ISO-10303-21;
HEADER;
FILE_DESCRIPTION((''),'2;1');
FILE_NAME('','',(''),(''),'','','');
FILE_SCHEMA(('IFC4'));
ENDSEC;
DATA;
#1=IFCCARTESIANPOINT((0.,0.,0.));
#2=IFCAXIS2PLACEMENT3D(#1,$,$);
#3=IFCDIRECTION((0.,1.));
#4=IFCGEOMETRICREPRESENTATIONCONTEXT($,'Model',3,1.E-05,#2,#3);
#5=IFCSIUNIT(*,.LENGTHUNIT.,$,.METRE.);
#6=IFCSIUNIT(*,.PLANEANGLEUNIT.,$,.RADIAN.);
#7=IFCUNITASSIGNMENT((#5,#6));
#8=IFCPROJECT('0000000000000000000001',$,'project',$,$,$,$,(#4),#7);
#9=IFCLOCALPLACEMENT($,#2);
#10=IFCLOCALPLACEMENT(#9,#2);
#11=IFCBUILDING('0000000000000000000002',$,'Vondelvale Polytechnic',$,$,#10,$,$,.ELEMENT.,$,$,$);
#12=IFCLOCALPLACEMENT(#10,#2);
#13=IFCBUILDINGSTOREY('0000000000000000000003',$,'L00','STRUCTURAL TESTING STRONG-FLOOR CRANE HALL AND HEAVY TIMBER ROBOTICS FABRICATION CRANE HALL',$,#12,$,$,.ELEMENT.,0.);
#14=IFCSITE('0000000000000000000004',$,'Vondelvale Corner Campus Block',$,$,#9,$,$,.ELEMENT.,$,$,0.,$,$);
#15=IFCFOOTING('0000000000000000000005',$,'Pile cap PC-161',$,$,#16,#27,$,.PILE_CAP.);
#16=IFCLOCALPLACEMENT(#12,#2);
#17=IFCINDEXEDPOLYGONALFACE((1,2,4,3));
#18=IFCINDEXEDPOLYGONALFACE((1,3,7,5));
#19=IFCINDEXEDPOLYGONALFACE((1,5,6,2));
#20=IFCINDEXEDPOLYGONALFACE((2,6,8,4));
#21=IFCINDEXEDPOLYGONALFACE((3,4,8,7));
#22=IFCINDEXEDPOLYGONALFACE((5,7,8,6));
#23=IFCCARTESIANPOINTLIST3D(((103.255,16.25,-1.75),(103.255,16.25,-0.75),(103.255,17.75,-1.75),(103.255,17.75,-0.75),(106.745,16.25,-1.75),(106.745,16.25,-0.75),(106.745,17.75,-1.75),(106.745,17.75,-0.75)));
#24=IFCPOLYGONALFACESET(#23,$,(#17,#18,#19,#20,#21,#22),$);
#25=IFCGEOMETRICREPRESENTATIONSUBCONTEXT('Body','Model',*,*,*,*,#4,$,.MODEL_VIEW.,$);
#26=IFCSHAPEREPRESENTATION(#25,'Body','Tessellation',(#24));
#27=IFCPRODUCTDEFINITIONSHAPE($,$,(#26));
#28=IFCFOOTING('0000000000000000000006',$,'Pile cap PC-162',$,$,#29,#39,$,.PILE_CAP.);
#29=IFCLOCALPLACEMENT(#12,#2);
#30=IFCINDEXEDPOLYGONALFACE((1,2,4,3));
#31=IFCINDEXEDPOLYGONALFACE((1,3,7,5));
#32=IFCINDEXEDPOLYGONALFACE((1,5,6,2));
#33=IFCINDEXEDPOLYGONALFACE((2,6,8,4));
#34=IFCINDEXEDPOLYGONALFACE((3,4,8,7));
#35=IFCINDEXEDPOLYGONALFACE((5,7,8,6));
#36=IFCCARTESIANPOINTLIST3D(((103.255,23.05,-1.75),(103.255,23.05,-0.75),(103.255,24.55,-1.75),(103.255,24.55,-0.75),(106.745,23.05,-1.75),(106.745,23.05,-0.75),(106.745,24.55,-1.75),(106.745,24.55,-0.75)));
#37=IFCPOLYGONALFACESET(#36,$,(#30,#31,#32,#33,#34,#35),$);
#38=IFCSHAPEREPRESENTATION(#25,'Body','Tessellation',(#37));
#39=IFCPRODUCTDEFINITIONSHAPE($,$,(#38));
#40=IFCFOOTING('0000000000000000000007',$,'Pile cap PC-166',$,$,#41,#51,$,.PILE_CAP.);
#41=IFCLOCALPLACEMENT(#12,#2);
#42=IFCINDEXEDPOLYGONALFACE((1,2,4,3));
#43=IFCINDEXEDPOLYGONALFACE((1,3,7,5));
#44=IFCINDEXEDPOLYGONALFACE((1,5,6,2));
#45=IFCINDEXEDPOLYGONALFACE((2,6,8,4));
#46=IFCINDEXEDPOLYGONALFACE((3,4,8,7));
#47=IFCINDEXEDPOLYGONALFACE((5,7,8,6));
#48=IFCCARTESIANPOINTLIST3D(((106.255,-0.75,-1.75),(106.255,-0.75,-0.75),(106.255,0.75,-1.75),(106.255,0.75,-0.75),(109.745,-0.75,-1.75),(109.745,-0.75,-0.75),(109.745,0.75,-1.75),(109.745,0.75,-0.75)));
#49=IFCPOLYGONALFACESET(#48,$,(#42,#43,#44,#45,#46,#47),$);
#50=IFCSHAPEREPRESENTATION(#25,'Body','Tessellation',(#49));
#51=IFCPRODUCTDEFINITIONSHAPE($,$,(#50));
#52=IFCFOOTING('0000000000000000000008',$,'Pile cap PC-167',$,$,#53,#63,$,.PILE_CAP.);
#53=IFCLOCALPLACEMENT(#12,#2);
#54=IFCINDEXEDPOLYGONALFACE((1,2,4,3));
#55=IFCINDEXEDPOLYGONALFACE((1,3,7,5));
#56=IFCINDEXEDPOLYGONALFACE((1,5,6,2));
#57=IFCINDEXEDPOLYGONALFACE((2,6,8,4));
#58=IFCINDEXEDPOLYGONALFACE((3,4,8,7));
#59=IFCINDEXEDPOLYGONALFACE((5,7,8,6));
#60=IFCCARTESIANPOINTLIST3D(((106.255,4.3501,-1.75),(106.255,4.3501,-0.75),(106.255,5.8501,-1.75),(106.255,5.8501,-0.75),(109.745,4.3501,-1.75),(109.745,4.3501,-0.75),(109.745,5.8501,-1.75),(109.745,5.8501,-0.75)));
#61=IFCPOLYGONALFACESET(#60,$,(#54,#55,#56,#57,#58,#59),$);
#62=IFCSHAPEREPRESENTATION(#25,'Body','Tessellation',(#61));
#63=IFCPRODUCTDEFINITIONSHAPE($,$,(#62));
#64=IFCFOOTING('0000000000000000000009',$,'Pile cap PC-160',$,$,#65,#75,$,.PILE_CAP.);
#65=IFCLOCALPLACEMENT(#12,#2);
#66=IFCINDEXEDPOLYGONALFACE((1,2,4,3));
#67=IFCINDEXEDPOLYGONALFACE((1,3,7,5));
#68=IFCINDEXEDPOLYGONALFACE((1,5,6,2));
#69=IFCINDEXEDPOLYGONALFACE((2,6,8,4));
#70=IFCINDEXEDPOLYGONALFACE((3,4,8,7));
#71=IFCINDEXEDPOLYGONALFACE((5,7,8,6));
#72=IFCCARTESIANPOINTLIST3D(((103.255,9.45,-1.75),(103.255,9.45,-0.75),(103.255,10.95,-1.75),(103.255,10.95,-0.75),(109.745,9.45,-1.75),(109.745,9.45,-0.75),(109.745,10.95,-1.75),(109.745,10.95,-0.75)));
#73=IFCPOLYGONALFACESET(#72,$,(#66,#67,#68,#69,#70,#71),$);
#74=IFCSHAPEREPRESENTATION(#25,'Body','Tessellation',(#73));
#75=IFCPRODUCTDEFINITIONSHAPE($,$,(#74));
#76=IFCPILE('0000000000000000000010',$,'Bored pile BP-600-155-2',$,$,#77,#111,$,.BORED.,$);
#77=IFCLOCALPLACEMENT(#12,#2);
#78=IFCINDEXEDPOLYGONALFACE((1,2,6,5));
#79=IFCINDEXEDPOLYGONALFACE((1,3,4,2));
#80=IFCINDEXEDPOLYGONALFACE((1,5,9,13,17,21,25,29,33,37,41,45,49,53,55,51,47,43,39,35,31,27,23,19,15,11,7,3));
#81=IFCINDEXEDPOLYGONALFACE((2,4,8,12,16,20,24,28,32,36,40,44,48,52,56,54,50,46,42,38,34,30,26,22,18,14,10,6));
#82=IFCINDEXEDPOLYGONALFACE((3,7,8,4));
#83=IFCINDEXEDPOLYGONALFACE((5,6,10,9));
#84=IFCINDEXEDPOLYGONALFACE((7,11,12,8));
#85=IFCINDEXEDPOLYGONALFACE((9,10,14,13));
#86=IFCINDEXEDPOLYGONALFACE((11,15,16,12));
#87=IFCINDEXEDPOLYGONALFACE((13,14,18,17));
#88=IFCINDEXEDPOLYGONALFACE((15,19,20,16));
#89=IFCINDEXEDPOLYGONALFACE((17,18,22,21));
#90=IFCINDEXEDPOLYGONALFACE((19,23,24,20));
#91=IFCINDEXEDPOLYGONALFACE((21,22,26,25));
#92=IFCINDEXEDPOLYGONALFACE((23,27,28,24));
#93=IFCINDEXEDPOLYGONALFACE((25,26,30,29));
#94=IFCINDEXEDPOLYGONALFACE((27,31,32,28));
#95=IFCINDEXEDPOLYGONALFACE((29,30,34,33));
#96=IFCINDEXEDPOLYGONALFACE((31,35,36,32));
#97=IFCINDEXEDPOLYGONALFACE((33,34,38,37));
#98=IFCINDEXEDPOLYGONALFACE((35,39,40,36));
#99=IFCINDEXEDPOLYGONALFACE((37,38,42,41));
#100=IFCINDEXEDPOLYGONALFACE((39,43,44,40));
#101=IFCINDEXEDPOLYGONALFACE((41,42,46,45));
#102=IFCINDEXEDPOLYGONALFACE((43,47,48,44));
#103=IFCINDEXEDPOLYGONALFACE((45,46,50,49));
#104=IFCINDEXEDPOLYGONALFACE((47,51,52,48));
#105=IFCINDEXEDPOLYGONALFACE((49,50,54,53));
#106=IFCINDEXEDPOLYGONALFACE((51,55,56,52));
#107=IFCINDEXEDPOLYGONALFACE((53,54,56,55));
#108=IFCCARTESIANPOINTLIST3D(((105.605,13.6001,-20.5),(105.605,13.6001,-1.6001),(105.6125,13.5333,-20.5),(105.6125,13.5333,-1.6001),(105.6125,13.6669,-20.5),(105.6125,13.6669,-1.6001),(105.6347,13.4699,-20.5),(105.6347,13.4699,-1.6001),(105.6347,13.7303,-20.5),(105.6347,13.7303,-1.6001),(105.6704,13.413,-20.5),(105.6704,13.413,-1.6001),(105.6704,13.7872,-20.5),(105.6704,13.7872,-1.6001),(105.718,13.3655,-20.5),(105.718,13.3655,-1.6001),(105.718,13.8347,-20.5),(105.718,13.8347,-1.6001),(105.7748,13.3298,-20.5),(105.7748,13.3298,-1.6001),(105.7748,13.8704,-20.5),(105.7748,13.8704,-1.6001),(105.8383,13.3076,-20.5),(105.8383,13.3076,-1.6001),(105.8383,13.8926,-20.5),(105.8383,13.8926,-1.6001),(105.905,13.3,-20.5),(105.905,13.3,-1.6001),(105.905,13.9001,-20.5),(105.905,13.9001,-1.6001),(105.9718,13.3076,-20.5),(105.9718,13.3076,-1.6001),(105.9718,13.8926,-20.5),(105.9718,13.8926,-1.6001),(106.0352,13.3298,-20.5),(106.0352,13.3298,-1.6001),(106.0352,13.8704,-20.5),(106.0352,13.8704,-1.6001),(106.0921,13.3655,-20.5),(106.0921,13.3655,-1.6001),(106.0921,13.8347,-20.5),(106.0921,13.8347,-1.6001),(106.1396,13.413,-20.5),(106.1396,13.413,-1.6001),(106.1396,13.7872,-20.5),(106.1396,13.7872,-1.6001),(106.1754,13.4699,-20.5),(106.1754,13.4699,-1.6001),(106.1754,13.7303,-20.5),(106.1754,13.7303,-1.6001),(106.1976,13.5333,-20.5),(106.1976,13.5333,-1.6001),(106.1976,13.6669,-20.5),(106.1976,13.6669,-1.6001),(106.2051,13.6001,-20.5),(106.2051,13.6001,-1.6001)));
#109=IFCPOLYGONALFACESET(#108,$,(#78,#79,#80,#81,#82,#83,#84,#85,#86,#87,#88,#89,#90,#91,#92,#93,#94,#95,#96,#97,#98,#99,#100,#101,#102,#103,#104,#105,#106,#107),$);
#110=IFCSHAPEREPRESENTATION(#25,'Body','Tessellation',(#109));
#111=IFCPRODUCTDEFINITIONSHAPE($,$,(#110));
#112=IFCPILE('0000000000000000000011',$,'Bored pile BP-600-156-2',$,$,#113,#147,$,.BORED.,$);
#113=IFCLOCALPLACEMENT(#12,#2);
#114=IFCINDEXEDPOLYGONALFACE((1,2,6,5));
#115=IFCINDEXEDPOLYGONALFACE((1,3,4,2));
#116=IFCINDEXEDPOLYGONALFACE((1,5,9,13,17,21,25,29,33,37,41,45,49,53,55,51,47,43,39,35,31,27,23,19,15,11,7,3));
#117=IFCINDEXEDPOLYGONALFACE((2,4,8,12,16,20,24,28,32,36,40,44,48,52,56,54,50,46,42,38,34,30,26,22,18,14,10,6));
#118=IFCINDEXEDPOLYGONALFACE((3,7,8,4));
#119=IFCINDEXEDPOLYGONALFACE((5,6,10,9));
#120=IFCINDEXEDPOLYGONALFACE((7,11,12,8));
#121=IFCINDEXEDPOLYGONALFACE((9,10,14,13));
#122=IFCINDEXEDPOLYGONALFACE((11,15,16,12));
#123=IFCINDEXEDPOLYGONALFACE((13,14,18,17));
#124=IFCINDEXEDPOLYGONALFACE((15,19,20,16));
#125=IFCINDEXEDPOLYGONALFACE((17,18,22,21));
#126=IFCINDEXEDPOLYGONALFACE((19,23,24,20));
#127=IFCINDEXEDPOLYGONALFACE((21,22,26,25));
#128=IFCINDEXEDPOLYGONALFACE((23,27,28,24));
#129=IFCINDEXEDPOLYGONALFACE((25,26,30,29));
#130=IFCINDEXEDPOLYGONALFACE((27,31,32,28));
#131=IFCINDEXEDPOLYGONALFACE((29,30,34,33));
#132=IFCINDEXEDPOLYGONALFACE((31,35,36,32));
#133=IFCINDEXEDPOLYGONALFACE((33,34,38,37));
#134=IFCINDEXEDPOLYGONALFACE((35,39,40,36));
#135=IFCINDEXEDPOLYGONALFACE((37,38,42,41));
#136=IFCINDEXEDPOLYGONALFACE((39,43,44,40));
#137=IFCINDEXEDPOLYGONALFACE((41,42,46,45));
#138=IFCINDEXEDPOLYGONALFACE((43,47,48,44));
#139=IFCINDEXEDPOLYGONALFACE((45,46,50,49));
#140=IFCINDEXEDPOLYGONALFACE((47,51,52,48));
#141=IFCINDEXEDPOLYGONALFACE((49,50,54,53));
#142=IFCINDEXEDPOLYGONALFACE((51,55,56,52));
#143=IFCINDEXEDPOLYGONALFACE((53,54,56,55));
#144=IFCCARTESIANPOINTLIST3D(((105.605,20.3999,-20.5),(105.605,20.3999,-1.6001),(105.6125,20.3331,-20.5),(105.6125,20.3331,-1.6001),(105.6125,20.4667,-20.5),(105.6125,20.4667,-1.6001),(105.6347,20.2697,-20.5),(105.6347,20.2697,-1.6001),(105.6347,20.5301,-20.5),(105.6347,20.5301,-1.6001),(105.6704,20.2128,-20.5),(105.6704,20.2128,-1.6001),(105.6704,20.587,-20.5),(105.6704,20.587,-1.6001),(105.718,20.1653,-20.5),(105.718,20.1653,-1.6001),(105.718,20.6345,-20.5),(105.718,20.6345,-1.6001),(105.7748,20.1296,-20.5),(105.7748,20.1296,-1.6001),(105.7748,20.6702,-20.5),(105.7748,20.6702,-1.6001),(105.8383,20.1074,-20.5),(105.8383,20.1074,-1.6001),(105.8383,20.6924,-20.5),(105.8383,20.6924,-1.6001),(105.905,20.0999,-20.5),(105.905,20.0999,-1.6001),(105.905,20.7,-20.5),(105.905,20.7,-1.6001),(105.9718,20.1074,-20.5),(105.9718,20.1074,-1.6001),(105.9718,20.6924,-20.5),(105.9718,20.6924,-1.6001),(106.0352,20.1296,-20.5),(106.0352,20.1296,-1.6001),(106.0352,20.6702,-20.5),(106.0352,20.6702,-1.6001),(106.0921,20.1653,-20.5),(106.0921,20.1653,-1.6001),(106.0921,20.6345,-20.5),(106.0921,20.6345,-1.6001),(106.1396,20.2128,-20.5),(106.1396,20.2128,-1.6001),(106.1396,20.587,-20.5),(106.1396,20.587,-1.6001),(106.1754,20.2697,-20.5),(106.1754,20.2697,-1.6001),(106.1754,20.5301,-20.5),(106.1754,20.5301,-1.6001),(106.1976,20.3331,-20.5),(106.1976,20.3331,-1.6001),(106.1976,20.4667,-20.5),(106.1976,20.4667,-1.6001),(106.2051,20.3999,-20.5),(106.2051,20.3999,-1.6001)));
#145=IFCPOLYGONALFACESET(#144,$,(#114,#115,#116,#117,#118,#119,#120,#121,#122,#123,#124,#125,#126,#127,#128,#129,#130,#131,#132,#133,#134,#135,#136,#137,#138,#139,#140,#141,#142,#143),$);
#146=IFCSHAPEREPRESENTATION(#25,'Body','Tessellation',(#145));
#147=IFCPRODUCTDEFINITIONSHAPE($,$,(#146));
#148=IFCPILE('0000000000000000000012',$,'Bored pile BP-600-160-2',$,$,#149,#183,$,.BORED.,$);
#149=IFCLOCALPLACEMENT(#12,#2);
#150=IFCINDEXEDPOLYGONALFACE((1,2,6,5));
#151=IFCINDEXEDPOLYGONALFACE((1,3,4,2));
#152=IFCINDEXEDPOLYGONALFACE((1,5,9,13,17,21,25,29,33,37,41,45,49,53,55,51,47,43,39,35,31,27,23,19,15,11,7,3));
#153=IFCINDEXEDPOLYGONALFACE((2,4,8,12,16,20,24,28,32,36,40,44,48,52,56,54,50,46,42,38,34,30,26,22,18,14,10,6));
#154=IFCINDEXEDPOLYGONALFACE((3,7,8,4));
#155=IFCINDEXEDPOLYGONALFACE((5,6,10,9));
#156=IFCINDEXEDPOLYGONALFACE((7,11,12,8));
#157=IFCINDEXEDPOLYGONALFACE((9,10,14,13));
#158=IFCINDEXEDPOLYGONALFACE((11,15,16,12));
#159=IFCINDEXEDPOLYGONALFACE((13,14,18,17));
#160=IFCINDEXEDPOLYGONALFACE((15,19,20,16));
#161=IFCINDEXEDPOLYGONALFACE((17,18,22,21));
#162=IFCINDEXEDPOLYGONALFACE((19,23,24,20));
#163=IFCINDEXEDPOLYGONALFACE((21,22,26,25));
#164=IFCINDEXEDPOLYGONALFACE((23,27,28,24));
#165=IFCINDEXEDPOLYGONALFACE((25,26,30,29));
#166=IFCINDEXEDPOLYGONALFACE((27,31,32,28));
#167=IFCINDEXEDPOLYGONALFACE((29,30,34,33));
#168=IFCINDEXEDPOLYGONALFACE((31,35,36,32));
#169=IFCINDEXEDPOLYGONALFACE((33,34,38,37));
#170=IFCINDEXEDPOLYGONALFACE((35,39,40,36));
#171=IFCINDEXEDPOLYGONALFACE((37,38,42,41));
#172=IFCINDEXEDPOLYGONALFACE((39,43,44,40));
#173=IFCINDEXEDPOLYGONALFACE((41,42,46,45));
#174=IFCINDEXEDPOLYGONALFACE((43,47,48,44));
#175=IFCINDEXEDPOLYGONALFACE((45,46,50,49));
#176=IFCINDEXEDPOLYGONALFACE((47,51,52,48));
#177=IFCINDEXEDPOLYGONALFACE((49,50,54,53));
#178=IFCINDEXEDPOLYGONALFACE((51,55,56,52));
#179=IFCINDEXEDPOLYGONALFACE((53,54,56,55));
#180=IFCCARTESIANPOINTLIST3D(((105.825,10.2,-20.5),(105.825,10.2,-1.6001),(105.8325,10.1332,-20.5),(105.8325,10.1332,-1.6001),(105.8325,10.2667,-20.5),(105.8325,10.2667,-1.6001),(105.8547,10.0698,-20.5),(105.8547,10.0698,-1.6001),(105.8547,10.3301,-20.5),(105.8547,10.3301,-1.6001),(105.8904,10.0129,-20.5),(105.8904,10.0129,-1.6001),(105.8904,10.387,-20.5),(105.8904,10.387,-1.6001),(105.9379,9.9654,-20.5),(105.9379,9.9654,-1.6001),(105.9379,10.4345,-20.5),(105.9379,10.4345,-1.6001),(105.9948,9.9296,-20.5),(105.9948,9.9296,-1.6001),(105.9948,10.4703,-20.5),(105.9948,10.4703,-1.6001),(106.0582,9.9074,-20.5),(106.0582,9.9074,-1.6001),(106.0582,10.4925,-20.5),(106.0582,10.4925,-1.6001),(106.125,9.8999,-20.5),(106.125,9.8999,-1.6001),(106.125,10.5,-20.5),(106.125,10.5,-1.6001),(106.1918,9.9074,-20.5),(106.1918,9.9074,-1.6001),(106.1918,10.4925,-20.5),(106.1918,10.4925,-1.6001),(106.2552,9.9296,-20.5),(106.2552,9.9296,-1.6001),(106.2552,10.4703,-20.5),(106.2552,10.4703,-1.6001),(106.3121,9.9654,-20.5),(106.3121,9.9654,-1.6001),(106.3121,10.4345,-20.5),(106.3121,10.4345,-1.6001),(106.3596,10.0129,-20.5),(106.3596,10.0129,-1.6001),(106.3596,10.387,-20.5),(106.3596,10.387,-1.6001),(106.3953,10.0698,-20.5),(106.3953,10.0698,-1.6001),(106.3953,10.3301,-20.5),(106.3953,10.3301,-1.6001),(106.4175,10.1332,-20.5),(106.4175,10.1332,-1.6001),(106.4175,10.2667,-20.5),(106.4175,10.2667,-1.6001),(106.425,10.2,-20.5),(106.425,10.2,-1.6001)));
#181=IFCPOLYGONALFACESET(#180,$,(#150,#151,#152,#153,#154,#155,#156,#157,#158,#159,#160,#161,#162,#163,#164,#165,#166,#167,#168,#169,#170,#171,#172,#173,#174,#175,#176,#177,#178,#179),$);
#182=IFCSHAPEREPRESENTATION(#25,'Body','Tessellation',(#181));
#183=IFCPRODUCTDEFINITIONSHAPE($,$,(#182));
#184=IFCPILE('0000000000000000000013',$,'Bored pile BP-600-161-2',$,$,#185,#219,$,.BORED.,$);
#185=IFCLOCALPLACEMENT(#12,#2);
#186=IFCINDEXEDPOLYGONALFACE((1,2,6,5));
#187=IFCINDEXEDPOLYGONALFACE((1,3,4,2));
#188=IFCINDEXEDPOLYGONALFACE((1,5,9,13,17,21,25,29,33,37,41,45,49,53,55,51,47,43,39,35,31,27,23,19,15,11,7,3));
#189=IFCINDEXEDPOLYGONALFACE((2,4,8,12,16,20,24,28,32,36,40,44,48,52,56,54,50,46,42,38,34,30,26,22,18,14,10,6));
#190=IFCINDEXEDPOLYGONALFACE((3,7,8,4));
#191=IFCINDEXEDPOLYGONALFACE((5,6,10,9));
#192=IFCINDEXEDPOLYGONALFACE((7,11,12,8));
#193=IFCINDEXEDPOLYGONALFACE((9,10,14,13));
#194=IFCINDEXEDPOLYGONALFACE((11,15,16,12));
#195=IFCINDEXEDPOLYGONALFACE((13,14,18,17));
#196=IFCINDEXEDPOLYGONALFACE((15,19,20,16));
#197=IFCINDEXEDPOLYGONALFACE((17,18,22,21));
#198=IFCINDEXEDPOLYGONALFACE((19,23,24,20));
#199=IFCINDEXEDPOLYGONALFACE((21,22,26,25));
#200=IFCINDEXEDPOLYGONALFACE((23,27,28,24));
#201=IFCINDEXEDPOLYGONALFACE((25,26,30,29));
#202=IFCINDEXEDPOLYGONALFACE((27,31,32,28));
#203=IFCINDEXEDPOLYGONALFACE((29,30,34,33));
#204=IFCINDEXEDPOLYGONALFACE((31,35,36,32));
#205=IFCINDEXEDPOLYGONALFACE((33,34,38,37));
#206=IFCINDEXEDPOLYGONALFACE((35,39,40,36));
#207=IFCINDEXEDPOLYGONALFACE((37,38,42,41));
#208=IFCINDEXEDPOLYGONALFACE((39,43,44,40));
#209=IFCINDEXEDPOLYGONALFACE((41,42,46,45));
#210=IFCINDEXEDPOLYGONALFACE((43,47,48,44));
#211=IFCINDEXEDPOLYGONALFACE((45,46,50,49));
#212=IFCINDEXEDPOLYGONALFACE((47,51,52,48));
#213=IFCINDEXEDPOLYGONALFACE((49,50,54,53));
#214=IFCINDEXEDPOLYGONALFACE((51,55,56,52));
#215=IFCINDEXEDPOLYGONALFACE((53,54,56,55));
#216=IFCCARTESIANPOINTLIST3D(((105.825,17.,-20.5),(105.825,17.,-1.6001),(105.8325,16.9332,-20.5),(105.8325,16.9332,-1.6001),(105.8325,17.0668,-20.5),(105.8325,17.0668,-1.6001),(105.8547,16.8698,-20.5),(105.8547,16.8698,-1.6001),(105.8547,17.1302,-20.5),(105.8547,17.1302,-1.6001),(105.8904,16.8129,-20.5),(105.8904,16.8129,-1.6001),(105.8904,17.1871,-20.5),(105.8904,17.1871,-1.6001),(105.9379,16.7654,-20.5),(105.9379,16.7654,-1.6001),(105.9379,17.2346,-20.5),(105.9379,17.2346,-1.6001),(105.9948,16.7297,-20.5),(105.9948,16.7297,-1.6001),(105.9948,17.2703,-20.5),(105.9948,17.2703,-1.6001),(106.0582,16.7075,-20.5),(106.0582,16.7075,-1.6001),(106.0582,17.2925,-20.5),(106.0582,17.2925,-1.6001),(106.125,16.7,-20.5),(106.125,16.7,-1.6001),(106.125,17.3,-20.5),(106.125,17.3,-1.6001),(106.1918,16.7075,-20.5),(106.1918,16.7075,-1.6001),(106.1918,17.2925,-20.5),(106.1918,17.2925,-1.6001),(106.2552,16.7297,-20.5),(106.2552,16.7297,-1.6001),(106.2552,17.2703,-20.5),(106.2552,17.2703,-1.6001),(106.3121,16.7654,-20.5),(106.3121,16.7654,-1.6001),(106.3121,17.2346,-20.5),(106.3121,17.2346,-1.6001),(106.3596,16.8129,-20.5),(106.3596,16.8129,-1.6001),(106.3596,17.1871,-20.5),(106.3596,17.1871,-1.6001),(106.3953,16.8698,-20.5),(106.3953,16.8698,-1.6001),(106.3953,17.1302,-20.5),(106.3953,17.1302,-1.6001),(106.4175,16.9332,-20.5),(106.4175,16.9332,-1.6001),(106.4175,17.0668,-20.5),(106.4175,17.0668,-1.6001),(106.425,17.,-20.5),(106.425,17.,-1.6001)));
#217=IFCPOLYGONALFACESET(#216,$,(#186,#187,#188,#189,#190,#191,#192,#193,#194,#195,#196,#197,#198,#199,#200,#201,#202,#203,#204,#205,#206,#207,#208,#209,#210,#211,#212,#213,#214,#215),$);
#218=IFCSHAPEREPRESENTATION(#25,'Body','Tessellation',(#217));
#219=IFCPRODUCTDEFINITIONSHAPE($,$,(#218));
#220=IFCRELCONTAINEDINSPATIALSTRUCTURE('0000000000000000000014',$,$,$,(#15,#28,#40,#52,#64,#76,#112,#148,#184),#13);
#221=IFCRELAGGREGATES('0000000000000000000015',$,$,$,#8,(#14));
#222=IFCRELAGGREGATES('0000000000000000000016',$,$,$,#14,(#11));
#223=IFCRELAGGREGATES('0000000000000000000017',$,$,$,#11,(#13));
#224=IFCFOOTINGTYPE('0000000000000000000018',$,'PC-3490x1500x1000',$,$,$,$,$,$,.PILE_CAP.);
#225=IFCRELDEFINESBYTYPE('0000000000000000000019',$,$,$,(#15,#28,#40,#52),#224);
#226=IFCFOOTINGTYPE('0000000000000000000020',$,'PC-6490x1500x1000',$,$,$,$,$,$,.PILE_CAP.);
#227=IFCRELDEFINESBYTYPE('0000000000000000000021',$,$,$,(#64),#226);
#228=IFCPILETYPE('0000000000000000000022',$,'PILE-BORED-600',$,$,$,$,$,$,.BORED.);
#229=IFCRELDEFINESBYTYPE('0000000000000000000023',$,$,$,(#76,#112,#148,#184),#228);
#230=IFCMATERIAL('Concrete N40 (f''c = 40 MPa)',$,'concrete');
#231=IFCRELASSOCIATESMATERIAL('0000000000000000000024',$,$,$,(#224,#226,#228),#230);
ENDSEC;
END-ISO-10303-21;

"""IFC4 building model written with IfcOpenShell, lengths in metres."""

from ifc_helpers import new_model, si_unit, direction, frame, origin, origin_2d, place, context, subcontext, project, spatial, rectangle, circle, extrude, material, material_profile, profile_set, type_object, element, save


model = new_model("IFC4")

# Units and contexts
model_context = context("Model", 3, precision=1e-05, world=origin(), true_north=direction((0.0, 1.0)))
body_context = subcontext(model_context, "Body", "Model", "MODEL_VIEW")
ifc_project = project(units=[si_unit("LENGTHUNIT", "METRE"), si_unit("PLANEANGLEUNIT", "RADIAN")], contexts=[model_context])

# Site, building, storey
site_placement = place(None, origin())
site = spatial("IfcSite", under=ifc_project, at=site_placement, Name="Vondelvale Corner Campus Block", CompositionType="ELEMENT", RefElevation=0.0)
building_placement = place(site_placement, origin())
building = spatial("IfcBuilding", under=site, at=building_placement, Name="Vondelvale Polytechnic", CompositionType="ELEMENT")
storey_placement = place(building_placement, origin())
storey = spatial("IfcBuildingStorey", under=building, at=storey_placement, Name="L00", Description="STRUCTURAL TESTING STRONG-FLOOR CRANE HALL AND HEAVY TIMBER ROBOTICS FABRICATION CRANE HALL", CompositionType="ELEMENT", Elevation=0.0)

# Footings
ifc_material_1 = material(Name="Concrete N40 (f'c = 40 MPa)", Category="concrete")
footing_type_1 = type_object("IfcFootingType", Name="PC-3490x1500x1000", PredefinedType="PILE_CAP", material=ifc_material_1)
for number, where, z_axis, x_axis, name in (
    (1, (105.0, 17.0, -1.75), (0.0, 0.0, 1.0), (1.0, 0.0, 0.0), "Pile cap PC-161"),
    (2, (105.0, 23.8, -1.75), (0.0, 0.0, 1.0), (1.0, 0.0, 0.0), "Pile cap PC-162"),
    (3, (108.0, 0.0, -1.75), (0.0, 0.0, 1.0), (1.0, 0.0, 0.0), "Pile cap PC-166"),
    (4, (108.0, 5.1001, -1.75), (0.0, 0.0, 1.0), (1.0, 0.0, 0.0), "Pile cap PC-167"),
):
    element("IfcFooting", number, at=place(storey_placement, frame(where, z_axis=z_axis, x_axis=x_axis)), inside=storey, type_object=footing_type_1, Name=name, PredefinedType="PILE_CAP", context=body_context, shape_type="SweptSolid", body=[
        extrude(rectangle(XDim=3.49, YDim=1.5, at=origin_2d()), origin(), (0.0, 0.0, 1.0), 1.0),
    ])
footing_type_2 = type_object("IfcFootingType", Name="PC-6490x1500x1000", PredefinedType="PILE_CAP", material=ifc_material_1)
footing_placement = place(storey_placement, frame((106.5, 10.2, -1.75), z_axis=(0.0, 0.0, 1.0), x_axis=(1.0, 0.0, 0.0)))
element("IfcFooting", 5, at=footing_placement, inside=storey, type_object=footing_type_2, Name="Pile cap PC-160", PredefinedType="PILE_CAP", context=body_context, shape_type="SweptSolid", body=[
    extrude(rectangle(XDim=6.49, YDim=1.5, at=origin_2d()), origin(), (0.0, 0.0, 1.0), 1.0),
])

# Piles
ifc_material_profile_1 = material_profile(ifc_material_1, circle(Radius=0.3, at=origin_2d()), Name="PILE-D600")
ifc_profile_set_1 = profile_set([ifc_material_profile_1], Name="Concrete N40 (f'c = 40 MPa)")
pile_type = type_object("IfcPileType", Name="PILE-BORED-600", PredefinedType="BORED", material=ifc_profile_set_1)
for number, where, z_axis, x_axis, name in (
    (6, (105.905, 13.6001, -1.6001), (0.0, 0.0, -1.0), (1.0, 0.0, 0.0), "Bored pile BP-600-155-2"),
    (7, (105.905, 20.3999, -1.6001), (0.0, 0.0, -1.0), (1.0, 0.0, 0.0), "Bored pile BP-600-156-2"),
    (8, (106.125, 10.2, -1.6001), (0.0, 0.0, -1.0), (1.0, 0.0, 0.0), "Bored pile BP-600-160-2"),
    (9, (106.125, 17.0, -1.6001), (0.0, 0.0, -1.0), (1.0, 0.0, 0.0), "Bored pile BP-600-161-2"),
):
    element("IfcPile", number, at=place(storey_placement, frame(where, z_axis=z_axis, x_axis=x_axis)), inside=storey, type_object=pile_type, Name=name, PredefinedType="BORED", context=body_context, shape_type="SweptSolid", body=[
        extrude(circle(Radius=0.3, at=origin_2d()), origin(), (0.0, 0.0, 1.0), 18.8999),
    ])

save(model, "model.ifc")
